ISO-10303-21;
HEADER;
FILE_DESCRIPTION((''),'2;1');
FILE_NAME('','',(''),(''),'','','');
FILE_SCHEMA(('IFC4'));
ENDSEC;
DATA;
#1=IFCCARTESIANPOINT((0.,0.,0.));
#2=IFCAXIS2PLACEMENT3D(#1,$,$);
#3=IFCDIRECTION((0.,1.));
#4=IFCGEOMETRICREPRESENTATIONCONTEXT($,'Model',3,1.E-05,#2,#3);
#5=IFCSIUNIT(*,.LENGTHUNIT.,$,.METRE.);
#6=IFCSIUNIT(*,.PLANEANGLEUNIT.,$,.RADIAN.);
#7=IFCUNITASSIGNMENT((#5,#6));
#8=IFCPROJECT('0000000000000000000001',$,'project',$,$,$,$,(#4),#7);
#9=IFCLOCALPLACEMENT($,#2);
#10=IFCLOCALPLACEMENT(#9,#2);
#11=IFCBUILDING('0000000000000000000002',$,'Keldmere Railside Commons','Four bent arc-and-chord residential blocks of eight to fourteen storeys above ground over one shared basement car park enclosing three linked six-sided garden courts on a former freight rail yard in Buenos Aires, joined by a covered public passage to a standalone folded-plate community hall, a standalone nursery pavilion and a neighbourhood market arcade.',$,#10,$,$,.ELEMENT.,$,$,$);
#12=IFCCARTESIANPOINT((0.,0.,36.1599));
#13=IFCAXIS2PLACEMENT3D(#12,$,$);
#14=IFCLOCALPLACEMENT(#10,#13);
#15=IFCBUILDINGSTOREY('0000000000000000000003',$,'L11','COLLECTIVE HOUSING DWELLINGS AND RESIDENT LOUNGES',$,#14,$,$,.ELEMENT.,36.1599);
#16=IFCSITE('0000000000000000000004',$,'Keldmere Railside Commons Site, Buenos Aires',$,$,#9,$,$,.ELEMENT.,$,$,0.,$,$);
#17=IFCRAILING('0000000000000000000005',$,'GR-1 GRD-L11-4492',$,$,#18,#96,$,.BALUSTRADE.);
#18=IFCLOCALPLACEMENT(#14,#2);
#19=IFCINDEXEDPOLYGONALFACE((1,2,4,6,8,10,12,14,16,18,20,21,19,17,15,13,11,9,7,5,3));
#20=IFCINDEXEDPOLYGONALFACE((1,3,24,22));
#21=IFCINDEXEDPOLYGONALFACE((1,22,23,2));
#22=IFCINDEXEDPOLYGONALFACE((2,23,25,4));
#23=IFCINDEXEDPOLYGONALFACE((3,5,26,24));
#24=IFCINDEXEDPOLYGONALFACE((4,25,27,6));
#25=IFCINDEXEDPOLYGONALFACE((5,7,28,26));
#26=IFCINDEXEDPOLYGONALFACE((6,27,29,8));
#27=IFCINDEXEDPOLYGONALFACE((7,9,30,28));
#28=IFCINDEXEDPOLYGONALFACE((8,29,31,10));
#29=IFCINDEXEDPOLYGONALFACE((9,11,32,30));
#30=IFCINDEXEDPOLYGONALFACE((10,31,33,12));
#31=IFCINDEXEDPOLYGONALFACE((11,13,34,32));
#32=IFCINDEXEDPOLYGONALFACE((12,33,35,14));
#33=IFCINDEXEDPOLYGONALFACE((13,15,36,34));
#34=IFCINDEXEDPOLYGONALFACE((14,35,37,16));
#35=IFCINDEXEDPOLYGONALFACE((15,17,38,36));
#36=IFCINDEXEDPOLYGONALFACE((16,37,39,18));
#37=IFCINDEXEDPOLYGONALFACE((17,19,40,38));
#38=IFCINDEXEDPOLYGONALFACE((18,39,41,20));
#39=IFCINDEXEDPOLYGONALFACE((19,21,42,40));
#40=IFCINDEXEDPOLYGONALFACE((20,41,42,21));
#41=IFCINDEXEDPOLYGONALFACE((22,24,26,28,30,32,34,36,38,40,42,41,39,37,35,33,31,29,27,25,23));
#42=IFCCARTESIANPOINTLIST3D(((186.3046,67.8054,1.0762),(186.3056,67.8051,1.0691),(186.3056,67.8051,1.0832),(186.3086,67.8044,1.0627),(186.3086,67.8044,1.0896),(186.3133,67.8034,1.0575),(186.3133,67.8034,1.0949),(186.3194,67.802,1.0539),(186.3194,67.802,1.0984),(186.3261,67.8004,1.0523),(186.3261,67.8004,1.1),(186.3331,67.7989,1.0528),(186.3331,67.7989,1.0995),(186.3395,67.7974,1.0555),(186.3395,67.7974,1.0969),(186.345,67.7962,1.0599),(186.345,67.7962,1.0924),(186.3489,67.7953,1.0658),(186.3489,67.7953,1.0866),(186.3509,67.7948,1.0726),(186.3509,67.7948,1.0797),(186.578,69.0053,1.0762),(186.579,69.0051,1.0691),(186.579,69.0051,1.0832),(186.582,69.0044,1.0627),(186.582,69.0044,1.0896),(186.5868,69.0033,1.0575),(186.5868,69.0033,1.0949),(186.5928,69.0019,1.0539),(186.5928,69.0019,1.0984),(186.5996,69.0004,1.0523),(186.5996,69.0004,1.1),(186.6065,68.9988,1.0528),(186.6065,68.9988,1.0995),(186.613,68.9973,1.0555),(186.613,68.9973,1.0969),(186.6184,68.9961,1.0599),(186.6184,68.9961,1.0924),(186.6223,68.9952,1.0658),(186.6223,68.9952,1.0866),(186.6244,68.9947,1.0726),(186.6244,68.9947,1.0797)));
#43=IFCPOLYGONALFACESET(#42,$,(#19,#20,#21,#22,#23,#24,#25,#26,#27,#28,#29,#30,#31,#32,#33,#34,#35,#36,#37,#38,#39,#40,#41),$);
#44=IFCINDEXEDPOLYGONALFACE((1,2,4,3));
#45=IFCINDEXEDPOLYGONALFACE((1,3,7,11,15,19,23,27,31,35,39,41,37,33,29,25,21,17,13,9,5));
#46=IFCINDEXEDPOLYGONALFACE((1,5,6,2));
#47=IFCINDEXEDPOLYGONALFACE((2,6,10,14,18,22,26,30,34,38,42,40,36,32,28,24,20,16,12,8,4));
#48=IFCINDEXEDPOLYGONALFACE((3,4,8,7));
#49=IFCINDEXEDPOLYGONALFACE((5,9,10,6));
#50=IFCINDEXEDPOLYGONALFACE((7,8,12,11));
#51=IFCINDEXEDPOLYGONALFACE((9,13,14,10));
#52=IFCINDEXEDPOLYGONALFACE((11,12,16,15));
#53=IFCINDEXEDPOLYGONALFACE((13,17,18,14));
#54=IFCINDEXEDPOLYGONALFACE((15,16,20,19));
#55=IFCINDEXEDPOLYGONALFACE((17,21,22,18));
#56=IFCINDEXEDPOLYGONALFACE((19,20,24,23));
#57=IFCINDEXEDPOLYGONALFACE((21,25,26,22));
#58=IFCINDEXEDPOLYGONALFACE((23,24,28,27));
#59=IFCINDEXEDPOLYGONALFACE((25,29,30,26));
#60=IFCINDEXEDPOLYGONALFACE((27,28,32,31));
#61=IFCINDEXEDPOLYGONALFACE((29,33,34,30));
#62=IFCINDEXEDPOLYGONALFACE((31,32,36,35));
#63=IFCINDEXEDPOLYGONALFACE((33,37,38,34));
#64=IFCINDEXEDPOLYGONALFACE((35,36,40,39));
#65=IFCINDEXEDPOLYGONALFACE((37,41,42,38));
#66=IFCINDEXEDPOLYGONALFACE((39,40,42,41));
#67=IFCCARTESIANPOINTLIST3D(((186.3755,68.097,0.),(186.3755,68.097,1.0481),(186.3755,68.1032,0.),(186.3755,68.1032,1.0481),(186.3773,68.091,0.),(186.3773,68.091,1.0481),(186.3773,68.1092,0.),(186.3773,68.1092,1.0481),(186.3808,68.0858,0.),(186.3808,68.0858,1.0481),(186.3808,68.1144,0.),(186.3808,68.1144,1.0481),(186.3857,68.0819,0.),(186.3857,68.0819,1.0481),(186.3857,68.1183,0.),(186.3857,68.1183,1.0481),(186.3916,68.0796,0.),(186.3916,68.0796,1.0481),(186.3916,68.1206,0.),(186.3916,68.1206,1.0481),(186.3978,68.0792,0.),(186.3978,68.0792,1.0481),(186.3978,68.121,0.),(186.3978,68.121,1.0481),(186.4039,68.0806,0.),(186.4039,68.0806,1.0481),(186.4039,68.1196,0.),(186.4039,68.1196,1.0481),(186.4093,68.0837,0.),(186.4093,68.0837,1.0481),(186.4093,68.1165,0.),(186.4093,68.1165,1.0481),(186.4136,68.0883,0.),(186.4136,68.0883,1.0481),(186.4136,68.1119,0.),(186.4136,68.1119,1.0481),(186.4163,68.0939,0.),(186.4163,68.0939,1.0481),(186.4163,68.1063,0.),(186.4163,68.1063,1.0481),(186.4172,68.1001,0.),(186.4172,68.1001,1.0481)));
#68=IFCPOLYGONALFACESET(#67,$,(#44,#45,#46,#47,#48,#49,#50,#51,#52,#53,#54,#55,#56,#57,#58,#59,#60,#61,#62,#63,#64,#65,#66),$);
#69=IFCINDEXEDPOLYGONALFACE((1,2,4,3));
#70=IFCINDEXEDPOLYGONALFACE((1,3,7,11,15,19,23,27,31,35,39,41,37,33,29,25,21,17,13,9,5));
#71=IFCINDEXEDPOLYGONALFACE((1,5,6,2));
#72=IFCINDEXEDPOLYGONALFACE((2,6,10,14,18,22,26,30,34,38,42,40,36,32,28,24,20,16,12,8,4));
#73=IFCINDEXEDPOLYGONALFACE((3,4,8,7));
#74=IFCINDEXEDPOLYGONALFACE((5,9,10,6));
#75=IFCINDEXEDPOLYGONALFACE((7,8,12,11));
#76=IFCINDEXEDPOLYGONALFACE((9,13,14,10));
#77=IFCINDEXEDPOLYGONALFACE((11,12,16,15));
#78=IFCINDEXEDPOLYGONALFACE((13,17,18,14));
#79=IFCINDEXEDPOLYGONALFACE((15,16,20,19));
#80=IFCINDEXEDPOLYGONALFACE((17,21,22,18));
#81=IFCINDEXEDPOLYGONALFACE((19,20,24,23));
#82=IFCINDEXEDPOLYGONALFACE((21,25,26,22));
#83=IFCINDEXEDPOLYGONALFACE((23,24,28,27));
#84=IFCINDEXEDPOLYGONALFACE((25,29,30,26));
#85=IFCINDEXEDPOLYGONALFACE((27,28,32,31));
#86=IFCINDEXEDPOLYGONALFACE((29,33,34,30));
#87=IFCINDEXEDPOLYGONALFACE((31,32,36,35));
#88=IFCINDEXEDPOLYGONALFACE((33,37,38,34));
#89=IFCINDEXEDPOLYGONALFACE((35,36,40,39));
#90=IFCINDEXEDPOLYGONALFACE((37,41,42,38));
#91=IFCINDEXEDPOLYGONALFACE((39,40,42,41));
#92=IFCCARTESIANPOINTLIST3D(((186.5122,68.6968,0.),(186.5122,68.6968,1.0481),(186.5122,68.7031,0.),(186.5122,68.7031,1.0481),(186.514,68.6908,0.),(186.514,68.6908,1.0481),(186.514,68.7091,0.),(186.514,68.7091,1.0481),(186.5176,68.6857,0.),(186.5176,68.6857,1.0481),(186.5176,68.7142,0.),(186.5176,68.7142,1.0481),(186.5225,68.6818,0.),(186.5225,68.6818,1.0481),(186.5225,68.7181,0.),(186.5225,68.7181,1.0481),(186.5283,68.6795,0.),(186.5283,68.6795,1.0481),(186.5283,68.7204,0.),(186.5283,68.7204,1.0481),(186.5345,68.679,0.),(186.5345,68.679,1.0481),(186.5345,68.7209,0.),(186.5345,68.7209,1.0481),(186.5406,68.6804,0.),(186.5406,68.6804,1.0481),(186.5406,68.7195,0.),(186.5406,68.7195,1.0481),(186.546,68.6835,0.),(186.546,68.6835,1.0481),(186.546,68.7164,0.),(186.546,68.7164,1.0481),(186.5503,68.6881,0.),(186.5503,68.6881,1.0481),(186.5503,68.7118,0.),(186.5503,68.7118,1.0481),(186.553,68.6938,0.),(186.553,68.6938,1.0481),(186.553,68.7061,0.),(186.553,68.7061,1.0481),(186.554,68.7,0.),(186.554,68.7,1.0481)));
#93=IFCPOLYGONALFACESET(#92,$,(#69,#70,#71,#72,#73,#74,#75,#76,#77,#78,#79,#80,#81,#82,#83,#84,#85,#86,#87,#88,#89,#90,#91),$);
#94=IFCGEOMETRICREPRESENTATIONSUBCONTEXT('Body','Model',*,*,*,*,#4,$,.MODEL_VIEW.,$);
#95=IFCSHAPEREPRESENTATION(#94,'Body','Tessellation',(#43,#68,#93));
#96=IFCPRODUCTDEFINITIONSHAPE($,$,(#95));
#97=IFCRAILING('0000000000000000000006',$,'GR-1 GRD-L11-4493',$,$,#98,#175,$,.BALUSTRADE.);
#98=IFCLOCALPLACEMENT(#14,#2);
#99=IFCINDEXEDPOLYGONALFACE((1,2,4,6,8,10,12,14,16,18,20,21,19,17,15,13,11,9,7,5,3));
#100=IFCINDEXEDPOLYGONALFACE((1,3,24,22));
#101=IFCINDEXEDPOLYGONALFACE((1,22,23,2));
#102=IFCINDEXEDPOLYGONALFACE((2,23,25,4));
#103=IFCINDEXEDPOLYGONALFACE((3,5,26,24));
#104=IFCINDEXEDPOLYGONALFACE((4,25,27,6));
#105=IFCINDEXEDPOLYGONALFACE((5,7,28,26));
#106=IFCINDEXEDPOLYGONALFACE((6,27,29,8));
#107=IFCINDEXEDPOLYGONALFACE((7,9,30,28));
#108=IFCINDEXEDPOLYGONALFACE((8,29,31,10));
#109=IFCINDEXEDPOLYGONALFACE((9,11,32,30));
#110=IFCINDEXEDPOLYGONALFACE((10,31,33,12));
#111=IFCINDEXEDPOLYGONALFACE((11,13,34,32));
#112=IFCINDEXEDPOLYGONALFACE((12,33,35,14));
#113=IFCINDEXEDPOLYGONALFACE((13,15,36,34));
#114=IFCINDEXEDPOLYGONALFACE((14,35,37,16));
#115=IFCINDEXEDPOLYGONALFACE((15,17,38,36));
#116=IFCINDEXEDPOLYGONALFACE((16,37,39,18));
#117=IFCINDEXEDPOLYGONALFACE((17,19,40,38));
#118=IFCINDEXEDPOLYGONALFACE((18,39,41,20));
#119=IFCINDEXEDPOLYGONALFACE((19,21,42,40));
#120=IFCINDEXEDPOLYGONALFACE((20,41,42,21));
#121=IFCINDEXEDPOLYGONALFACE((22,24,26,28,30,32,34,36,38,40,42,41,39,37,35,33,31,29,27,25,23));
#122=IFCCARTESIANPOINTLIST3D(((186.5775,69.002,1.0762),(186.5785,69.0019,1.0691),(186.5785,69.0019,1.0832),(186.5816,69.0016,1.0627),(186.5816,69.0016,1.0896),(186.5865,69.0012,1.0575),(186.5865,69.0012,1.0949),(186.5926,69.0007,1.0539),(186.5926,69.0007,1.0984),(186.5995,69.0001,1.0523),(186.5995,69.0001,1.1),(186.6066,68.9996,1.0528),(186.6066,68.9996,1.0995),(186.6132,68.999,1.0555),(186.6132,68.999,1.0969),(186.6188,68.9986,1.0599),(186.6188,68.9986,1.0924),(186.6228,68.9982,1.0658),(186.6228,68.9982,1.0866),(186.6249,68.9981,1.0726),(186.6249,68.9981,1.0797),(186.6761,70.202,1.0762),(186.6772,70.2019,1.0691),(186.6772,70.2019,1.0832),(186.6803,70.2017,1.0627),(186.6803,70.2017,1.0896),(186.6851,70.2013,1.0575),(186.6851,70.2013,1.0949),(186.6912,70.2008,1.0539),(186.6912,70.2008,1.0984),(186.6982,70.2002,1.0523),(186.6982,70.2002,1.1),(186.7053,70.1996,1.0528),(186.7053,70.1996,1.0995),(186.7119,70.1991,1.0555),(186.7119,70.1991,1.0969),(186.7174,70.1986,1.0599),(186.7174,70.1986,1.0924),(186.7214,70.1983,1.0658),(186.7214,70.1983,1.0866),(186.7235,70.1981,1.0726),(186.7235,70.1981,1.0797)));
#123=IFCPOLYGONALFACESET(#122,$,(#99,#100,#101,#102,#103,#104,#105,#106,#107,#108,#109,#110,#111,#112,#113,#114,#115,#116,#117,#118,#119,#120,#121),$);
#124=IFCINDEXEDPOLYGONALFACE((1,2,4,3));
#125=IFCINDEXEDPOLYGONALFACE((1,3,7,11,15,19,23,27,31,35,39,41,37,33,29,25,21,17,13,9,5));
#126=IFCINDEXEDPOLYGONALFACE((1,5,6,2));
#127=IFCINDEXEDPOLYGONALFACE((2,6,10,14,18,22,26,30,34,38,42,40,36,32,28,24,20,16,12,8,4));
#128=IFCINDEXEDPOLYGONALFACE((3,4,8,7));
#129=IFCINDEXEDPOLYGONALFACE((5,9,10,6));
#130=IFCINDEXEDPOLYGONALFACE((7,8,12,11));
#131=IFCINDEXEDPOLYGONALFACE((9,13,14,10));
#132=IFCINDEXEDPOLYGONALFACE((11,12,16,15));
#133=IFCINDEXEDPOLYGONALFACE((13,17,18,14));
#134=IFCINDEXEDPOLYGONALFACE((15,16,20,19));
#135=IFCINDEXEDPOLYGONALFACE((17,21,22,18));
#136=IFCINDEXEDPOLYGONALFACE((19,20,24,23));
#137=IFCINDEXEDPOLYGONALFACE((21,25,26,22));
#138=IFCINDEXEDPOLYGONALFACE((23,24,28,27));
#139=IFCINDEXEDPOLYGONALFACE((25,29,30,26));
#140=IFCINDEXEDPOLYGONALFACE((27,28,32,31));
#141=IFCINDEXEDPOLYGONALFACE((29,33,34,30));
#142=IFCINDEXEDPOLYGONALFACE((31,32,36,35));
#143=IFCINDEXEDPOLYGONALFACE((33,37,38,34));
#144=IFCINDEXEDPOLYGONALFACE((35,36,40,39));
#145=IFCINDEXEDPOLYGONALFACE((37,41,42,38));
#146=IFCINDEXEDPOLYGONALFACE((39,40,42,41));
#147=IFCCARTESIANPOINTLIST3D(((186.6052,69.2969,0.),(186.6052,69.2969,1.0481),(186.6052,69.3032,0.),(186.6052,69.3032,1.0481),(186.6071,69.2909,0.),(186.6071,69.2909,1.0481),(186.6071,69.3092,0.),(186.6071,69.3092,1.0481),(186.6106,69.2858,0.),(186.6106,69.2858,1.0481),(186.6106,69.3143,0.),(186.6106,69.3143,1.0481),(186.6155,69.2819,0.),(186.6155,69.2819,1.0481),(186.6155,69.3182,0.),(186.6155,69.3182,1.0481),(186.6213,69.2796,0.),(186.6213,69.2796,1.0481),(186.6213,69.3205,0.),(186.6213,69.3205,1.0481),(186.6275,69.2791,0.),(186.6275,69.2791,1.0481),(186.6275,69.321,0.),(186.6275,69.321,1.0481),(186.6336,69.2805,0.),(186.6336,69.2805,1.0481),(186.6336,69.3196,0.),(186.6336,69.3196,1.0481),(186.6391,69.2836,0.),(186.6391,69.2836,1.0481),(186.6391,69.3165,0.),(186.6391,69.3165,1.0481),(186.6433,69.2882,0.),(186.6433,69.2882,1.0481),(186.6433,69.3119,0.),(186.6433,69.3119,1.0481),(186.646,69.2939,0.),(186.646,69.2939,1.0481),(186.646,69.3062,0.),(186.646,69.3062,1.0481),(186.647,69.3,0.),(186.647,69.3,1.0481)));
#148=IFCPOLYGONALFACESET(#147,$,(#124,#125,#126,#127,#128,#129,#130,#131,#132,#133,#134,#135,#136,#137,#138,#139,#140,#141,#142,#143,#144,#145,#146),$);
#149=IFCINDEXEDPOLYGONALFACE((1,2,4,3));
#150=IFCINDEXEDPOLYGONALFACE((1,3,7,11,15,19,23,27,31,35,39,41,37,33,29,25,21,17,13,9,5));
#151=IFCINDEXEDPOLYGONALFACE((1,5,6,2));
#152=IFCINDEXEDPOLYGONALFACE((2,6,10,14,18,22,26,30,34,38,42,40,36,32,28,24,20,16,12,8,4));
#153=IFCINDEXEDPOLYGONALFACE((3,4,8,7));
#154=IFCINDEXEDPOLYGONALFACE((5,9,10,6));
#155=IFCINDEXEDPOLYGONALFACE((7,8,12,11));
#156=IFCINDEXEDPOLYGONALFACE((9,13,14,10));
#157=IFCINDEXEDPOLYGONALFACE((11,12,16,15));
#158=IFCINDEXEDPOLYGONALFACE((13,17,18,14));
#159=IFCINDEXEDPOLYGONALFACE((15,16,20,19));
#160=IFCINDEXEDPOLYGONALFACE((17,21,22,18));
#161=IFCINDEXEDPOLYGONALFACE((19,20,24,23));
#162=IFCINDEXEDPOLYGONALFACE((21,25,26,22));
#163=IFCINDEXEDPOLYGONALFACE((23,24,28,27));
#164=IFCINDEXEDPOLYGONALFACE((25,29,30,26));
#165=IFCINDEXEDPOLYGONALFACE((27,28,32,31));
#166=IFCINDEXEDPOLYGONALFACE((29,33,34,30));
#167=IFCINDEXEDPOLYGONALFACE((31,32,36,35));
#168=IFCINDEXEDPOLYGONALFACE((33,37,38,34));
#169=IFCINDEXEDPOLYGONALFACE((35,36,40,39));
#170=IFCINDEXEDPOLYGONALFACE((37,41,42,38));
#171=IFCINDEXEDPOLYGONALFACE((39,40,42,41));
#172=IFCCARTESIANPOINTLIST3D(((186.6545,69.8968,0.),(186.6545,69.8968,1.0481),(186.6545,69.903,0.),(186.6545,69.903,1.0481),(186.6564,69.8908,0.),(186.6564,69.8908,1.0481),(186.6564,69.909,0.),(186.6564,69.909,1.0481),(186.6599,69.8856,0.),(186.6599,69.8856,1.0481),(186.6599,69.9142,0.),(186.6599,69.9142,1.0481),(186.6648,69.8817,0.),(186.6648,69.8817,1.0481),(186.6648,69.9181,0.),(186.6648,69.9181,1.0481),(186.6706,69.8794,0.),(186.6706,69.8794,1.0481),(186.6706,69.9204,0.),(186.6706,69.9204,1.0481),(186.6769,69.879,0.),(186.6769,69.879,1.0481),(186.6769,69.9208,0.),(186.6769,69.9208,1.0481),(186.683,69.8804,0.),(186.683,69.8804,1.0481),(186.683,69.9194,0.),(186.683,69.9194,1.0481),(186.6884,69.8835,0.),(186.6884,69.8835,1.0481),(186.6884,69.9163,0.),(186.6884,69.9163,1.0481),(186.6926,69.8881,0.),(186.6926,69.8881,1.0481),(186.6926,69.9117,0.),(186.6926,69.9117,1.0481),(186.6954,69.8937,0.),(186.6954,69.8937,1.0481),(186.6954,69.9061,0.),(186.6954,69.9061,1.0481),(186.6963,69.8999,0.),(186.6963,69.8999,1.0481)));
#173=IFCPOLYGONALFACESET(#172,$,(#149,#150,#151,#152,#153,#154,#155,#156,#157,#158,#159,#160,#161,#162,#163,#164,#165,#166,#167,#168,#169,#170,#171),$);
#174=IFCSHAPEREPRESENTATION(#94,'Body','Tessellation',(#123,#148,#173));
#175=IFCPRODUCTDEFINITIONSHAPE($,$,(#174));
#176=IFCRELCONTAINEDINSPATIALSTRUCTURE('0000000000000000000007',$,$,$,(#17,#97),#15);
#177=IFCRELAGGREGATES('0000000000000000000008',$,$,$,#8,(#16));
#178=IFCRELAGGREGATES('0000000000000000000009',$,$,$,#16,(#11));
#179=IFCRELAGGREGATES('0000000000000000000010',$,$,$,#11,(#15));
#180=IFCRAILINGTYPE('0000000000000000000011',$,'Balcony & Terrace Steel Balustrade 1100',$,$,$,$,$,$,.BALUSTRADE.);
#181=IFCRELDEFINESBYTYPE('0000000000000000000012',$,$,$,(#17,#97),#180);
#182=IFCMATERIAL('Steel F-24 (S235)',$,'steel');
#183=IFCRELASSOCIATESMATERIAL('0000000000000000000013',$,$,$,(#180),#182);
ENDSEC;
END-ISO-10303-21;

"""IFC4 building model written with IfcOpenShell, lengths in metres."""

from ifc_helpers import new_model, si_unit, direction, frame, origin, origin_2d, place, context, subcontext, project, spatial, circle, extrude, material, type_object, element, save


model = new_model("IFC4")

# Units and contexts
model_context = context("Model", 3, precision=1e-05, world=origin(), true_north=direction((0.0, 1.0)))
body_context = subcontext(model_context, "Body", "Model", "MODEL_VIEW")
ifc_project = project(units=[si_unit("LENGTHUNIT", "METRE"), si_unit("PLANEANGLEUNIT", "RADIAN")], contexts=[model_context])

# Site, building, storey
site_placement = place(None, origin())
site = spatial("IfcSite", under=ifc_project, at=site_placement, Name="Keldmere Railside Commons Site, Buenos Aires", CompositionType="ELEMENT", RefElevation=0.0)
building_placement = place(site_placement, origin())
building = spatial("IfcBuilding", under=site, at=building_placement, Name="Keldmere Railside Commons", Description="Four bent arc-and-chord residential blocks of eight to fourteen storeys above ground over one shared basement car park enclosing three linked six-sided garden courts on a former freight rail yard in Buenos Aires, joined by a covered public passage to a standalone folded-plate community hall, a standalone nursery pavilion and a neighbourhood market arcade.", CompositionType="ELEMENT")
storey_placement = place(building_placement, frame((0.0, 0.0, 36.1599)))
storey = spatial("IfcBuildingStorey", under=building, at=storey_placement, Name="L11", Description="COLLECTIVE HOUSING DWELLINGS AND RESIDENT LOUNGES", CompositionType="ELEMENT", Elevation=36.1599)

# Railings
ifc_material_1 = material(Name="Steel F-24 (S235)", Category="steel")
railing_type_1 = type_object("IfcRailingType", Name="Balcony & Terrace Steel Balustrade 1100", PredefinedType="BALUSTRADE", material=ifc_material_1)
railing_1_placement = place(storey_placement, frame((186.3279, 67.8, 0.0)))
element("IfcRailing", 1, at=railing_1_placement, inside=storey, type_object=railing_type_1, Name="GR-1 GRD-L11-4492", PredefinedType="BALUSTRADE", context=body_context, shape_type="SweptSolid", body=[
    extrude(circle(Radius=0.0239, at=origin_2d()), frame((0.0, 0.0, 1.0762), z_axis=(0.222178, 0.975006, 0.0), x_axis=(-0.975006, 0.222178, 0.0)), (0.0, 0.0, 1.0), 1.2307),
    extrude(circle(Radius=0.021, at=origin_2d()), frame((0.0684, 0.3, 0.0)), (0.0, 0.0, 1.0), 1.0481),
    extrude(circle(Radius=0.021, at=origin_2d()), frame((0.2051, 0.8999, 0.0)), (0.0, 0.0, 1.0), 1.0481),
])
railing_2_placement = place(storey_placement, frame((186.6013, 69.0, 0.0)))
element("IfcRailing", 2, at=railing_2_placement, inside=storey, type_object=railing_type_1, Name="GR-1 GRD-L11-4493", PredefinedType="BALUSTRADE", context=body_context, shape_type="SweptSolid", body=[
    extrude(circle(Radius=0.0239, at=origin_2d()), frame((0.0, 0.0, 1.0762), z_axis=(0.081921, 0.996639, 0.0), x_axis=(-0.996639, 0.081921, 0.0)), (0.0, 0.0, 1.0), 1.2041),
    extrude(circle(Radius=0.021, at=origin_2d()), frame((0.0247, 0.3, 0.0)), (0.0, 0.0, 1.0), 1.0481),
    extrude(circle(Radius=0.021, at=origin_2d()), frame((0.074, 0.8999, 0.0)), (0.0, 0.0, 1.0), 1.0481),
])

save(model, "model.ifc")
